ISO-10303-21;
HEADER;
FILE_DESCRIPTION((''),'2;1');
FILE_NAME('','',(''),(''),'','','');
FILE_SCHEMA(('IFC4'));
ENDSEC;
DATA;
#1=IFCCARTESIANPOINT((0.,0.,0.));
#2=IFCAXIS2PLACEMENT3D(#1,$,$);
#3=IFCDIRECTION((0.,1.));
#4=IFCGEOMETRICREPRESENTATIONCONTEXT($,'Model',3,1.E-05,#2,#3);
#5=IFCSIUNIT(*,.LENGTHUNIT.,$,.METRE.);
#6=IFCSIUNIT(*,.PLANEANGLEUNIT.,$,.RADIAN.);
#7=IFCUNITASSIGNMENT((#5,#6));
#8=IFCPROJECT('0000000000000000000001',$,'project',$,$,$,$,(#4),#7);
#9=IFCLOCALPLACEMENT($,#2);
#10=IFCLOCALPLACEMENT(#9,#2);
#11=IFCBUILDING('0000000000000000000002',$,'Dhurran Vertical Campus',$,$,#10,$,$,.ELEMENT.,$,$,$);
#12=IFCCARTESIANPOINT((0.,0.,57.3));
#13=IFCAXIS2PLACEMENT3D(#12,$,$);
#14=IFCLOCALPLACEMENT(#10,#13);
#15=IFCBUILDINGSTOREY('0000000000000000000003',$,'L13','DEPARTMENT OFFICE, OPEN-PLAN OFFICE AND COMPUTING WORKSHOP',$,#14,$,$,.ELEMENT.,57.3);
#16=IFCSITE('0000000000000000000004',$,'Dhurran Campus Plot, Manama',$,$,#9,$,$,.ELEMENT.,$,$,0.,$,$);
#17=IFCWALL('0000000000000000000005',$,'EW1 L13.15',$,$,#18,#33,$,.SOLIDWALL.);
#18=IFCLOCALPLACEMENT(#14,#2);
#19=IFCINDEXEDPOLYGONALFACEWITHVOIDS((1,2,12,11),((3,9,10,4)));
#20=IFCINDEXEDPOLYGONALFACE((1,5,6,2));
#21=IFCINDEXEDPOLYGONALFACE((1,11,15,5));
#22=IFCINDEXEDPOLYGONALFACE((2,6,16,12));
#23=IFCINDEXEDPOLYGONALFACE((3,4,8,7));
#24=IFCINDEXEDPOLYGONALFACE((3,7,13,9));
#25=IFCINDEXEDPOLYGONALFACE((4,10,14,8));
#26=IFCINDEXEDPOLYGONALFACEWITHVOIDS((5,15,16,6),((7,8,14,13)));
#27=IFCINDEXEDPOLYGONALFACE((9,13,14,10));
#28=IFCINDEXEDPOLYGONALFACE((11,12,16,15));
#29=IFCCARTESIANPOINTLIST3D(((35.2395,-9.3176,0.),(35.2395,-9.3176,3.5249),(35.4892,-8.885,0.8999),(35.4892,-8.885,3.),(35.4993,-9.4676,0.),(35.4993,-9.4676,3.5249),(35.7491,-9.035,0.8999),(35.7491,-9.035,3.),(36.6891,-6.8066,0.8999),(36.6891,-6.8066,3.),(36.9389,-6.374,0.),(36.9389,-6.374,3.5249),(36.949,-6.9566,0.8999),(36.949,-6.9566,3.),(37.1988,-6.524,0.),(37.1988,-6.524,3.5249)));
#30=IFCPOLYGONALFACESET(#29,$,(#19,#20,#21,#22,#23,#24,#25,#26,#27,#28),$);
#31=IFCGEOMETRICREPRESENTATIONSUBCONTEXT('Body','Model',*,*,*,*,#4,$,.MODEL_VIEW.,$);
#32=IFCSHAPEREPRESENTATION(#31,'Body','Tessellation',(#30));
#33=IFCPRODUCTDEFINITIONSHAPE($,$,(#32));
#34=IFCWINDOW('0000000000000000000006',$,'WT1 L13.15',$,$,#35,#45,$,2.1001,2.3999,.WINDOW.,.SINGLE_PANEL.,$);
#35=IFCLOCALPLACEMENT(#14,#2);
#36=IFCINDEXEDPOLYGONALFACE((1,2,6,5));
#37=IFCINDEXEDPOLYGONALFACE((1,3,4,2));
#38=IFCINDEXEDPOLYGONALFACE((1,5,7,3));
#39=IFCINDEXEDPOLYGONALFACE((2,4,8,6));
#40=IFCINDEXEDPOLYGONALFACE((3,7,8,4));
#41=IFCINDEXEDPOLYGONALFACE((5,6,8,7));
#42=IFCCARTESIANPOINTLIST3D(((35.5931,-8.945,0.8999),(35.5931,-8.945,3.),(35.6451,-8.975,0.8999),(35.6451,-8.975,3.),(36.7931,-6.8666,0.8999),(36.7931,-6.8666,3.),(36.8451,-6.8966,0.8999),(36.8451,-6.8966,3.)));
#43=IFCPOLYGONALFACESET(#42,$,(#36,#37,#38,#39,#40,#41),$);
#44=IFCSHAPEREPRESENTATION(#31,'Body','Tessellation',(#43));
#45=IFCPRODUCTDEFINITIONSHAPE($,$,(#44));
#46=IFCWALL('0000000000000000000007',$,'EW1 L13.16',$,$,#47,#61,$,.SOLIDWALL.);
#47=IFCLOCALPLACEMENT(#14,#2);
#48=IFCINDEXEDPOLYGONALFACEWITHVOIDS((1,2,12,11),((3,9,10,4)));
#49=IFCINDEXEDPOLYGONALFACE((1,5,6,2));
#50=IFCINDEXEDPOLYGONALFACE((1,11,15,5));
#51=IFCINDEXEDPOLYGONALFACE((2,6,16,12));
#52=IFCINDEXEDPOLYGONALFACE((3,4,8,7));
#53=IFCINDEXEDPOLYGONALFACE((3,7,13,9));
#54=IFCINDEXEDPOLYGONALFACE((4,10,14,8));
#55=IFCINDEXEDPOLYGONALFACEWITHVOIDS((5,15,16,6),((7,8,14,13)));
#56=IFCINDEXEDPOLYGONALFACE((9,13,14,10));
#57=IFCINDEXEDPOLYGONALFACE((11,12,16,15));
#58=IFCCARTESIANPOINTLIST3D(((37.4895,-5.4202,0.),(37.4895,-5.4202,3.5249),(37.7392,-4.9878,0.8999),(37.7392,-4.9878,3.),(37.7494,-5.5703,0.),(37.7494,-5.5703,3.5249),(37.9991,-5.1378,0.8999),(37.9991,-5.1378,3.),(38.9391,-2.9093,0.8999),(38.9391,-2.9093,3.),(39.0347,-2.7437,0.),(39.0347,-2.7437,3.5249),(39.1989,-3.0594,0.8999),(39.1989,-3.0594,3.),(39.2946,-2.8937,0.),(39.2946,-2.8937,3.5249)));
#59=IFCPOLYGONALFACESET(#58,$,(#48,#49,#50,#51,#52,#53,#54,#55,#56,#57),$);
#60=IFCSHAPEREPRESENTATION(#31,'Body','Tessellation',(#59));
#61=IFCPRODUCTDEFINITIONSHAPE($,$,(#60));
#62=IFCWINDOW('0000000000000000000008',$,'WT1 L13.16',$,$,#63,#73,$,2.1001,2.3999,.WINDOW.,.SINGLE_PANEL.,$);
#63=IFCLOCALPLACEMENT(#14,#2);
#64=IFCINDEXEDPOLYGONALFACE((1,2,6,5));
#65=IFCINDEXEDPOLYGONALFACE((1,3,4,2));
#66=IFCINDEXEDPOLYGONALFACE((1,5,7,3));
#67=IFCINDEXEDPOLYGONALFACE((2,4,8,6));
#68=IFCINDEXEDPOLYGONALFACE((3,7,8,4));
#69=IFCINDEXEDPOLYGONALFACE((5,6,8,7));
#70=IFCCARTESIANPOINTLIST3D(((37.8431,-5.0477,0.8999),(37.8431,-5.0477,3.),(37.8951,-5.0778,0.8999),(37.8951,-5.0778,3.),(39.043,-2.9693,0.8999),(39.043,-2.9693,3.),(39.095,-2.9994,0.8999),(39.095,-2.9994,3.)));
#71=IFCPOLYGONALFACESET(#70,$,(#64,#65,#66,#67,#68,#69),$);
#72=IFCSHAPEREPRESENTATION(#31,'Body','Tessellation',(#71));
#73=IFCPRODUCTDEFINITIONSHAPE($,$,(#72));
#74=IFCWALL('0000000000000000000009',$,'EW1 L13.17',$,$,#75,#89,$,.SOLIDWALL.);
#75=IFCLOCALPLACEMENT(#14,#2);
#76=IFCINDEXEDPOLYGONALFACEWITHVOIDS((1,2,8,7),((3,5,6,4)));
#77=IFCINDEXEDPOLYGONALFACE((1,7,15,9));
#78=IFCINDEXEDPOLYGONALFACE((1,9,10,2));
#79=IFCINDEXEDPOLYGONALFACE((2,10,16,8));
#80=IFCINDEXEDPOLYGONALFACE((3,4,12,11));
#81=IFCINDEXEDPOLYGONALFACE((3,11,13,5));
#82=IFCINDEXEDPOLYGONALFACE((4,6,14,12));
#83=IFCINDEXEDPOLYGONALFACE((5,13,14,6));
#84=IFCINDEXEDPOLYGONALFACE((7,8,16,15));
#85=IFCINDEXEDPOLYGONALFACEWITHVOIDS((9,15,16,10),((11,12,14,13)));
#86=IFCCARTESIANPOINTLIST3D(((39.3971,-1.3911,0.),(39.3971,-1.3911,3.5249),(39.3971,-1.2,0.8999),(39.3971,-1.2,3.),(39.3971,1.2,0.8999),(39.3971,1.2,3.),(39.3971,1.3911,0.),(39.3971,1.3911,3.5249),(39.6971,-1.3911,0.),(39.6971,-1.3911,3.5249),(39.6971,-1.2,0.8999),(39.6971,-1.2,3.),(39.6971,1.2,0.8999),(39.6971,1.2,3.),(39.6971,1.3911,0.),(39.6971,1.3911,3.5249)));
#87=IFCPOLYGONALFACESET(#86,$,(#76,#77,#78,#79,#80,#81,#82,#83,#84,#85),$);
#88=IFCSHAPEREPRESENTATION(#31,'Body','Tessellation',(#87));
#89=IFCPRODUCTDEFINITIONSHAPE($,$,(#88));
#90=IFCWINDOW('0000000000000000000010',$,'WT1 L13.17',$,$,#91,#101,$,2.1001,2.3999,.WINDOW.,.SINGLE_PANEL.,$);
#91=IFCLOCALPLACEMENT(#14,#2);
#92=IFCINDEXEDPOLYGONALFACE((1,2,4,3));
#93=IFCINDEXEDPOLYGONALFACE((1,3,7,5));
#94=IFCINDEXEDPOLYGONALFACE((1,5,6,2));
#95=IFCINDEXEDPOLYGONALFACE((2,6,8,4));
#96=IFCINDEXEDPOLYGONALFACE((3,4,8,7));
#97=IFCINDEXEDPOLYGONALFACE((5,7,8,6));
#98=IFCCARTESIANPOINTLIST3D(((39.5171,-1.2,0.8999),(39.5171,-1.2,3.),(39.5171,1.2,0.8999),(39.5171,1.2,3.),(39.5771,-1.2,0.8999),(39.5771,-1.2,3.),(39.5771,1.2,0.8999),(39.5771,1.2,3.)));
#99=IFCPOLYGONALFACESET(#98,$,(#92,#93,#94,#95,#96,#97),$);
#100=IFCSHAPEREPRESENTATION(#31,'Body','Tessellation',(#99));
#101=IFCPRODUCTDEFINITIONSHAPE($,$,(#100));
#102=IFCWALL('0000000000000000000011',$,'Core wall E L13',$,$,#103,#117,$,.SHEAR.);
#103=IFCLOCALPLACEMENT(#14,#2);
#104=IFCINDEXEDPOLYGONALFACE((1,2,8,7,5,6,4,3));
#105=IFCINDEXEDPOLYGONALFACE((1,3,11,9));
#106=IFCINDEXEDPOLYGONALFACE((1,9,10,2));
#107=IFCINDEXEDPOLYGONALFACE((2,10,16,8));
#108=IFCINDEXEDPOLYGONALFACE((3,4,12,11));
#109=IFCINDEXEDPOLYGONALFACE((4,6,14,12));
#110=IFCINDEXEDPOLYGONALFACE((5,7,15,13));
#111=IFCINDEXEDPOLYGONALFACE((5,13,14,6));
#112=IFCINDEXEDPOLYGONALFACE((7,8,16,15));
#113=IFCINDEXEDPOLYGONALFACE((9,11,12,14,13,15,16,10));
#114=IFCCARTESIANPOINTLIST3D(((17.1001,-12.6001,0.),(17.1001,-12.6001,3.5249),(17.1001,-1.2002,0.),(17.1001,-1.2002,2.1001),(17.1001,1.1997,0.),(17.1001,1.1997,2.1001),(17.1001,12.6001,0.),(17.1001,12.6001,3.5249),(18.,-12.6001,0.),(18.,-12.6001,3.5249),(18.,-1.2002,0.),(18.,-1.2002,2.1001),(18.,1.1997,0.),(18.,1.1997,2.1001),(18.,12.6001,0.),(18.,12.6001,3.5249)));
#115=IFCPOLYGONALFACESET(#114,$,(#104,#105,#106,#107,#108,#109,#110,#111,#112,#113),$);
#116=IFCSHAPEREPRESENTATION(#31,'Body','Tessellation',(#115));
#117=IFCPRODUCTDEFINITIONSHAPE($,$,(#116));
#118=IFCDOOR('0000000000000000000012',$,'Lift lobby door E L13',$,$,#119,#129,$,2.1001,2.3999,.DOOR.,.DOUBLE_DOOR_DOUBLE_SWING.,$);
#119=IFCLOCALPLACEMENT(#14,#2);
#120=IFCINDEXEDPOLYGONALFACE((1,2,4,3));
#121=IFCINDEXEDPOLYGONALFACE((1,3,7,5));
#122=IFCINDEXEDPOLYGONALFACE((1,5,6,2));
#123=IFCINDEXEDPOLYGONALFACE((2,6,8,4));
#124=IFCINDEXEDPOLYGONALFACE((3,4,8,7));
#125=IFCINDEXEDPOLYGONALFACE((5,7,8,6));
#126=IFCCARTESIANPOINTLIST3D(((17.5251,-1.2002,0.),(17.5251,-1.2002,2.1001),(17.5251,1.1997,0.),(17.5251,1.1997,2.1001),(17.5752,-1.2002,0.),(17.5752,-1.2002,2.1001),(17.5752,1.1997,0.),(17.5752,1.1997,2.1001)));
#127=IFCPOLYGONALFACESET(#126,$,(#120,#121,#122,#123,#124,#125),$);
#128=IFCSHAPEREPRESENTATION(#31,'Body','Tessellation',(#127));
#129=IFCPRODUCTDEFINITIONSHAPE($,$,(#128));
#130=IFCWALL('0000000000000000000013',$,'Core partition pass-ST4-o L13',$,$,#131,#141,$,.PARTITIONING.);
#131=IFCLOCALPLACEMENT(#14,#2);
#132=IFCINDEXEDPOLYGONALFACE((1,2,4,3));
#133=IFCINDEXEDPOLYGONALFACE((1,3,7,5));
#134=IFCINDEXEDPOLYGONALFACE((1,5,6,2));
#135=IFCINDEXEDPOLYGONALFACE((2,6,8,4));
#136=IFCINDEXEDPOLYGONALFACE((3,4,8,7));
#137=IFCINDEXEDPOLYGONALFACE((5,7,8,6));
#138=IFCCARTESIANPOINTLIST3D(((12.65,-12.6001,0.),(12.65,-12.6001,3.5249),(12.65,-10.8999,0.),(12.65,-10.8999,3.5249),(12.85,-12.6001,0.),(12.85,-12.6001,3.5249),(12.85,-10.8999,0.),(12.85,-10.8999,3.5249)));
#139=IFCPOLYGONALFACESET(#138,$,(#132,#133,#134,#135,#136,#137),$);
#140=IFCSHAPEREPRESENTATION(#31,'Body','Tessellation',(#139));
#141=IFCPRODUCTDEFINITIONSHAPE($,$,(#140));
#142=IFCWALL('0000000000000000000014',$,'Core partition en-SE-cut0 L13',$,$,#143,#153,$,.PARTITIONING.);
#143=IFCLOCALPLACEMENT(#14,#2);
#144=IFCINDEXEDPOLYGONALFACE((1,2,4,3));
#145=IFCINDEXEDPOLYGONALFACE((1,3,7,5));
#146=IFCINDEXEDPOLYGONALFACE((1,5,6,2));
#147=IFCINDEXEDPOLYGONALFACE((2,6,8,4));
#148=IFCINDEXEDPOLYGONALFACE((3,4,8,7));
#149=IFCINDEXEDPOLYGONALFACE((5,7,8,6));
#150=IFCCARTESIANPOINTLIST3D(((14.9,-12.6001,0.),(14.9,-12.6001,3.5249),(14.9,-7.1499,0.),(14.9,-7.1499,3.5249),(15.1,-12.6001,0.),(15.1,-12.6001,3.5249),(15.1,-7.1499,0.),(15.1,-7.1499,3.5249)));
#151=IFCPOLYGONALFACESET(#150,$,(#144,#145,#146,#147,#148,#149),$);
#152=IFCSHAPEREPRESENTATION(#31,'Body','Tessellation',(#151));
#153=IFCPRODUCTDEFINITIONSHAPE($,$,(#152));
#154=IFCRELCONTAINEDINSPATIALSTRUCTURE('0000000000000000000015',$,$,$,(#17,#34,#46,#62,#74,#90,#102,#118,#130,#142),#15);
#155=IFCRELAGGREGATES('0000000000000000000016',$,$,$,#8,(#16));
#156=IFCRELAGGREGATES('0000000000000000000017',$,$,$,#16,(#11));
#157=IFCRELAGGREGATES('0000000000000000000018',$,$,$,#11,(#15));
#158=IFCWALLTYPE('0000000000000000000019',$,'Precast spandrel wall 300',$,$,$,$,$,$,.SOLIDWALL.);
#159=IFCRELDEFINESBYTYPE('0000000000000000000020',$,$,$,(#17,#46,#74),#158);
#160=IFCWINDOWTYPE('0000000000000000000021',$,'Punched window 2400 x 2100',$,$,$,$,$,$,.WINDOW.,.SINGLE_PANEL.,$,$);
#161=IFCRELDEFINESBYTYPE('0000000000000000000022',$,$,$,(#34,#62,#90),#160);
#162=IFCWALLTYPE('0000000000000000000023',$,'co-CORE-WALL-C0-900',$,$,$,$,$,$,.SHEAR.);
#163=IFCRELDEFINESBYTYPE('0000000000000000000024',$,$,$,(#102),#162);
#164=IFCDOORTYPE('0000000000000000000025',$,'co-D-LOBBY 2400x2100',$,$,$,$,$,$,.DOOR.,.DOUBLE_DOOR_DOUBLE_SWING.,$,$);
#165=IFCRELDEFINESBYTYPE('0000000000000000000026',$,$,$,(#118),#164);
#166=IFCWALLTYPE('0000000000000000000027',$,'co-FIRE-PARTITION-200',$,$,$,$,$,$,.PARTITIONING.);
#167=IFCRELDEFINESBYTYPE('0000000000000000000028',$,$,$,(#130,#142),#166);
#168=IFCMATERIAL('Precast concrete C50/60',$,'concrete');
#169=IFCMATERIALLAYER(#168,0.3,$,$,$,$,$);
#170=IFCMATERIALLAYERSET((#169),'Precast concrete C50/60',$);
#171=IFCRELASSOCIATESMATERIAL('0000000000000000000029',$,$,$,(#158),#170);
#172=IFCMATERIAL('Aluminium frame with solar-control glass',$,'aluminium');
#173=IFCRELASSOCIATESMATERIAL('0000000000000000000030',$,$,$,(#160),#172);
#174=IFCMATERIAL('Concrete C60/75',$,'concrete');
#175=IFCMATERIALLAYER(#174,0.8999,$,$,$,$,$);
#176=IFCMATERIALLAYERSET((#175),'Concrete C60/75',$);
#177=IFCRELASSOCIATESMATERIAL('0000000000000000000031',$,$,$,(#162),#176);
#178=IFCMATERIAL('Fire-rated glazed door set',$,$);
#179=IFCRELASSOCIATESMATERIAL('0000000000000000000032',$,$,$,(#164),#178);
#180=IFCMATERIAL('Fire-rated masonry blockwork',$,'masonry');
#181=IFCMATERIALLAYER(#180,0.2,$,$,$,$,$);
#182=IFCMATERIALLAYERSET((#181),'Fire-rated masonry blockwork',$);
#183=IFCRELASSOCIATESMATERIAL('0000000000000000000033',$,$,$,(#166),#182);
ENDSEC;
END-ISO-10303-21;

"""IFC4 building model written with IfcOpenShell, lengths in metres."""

from ifc_helpers import new_model, si_unit, direction, frame, frame_2d, origin, place, context, subcontext, project, spatial, rectangle, extrude, material, layer, layer_set, type_object, element, fill, save


model = new_model("IFC4")

# Units and contexts
model_context = context("Model", 3, precision=1e-05, world=origin(), true_north=direction((0.0, 1.0)))
body_context = subcontext(model_context, "Body", "Model", "MODEL_VIEW")
ifc_project = project(units=[si_unit("LENGTHUNIT", "METRE"), si_unit("PLANEANGLEUNIT", "RADIAN")], contexts=[model_context])

# Site, building, storey
site_placement = place(None, origin())
site = spatial("IfcSite", under=ifc_project, at=site_placement, Name="Dhurran Campus Plot, Manama", CompositionType="ELEMENT", RefElevation=0.0)
building_placement = place(site_placement, origin())
building = spatial("IfcBuilding", under=site, at=building_placement, Name="Dhurran Vertical Campus", CompositionType="ELEMENT")
storey_placement = place(building_placement, frame((0.0, 0.0, 57.3)))
storey = spatial("IfcBuildingStorey", under=building, at=storey_placement, Name="L13", Description="DEPARTMENT OFFICE, OPEN-PLAN OFFICE AND COMPUTING WORKSHOP", CompositionType="ELEMENT", Elevation=57.3)

# Walls, openings, windows
ifc_material_1 = material(Name="Precast concrete C50/60", Category="concrete")
ifc_layer_1 = layer(ifc_material_1, 0.3)
ifc_layer_set_1 = layer_set([ifc_layer_1], Name="Precast concrete C50/60")
wall_type_1 = type_object("IfcWallType", Name="Precast spandrel wall 300", PredefinedType="SOLIDWALL", material=ifc_layer_set_1)
ifc_material_2 = material(Name="Aluminium frame with solar-control glass", Category="aluminium")
window_type = type_object("IfcWindowType", Name="Punched window 2400 x 2100", PartitioningType="SINGLE_PANEL", PredefinedType="WINDOW", material=ifc_material_2)
wall_1_placement = place(storey_placement, frame((35.3694, -9.3926, 0.0), z_axis=(0.0, 0.0, 1.0), x_axis=(0.499994, 0.866029, 0.0)))
wall_1 = element("IfcWall", 1, at=wall_1_placement, inside=storey, type_object=wall_type_1, Name="EW1 L13.15", PredefinedType="SOLIDWALL", context=body_context, shape_type="SweptSolid", body=[
    extrude(rectangle(XDim=3.3989, YDim=0.3, at=frame_2d((1.6995, 0.0))), origin(), (0.0, 0.0, 1.0), 3.5249),
])
opening_1_placement = place(wall_1_placement, frame((0.4995, 0.0, 0.8999)))
opening_1 = element("IfcOpeningElement", 2, at=opening_1_placement, cuts=wall_1, PredefinedType="OPENING", context=body_context, shape_type="SweptSolid", body=[
    extrude(rectangle(XDim=2.3999, YDim=2.1001, at=frame_2d((1.2, 1.05))), frame((0.0, 0.1599, 0.0), z_axis=(0.0, -1.0, 0.0), x_axis=(1.0, 0.0, 0.0)), (0.0, 0.0, 1.0), 0.3201),
])
window_1_placement = place(opening_1_placement, origin())
window_1 = element("IfcWindow", 3, at=window_1_placement, inside=storey, type_object=window_type, Name="WT1 L13.15", OverallHeight=2.1001, OverallWidth=2.3999, PartitioningType="SINGLE_PANEL", PredefinedType="WINDOW", context=body_context, shape_type="SweptSolid", body=[
    extrude(rectangle(XDim=2.3999, YDim=2.1001, at=frame_2d((1.2, 1.05))), frame((0.0, 0.03, 0.0), z_axis=(0.0, -1.0, 0.0), x_axis=(1.0, 0.0, 0.0)), (0.0, 0.0, 1.0), 0.0601),
])
fill(opening_1, window_1)
wall_2_placement = place(storey_placement, frame((37.6194, -5.4954, 0.0), z_axis=(0.0, 0.0, 1.0), x_axis=(0.499971, 0.866042, 0.0)))
wall_2 = element("IfcWall", 4, at=wall_2_placement, inside=storey, type_object=wall_type_1, Name="EW1 L13.16", PredefinedType="SOLIDWALL", context=body_context, shape_type="SweptSolid", body=[
    extrude(rectangle(XDim=3.0906, YDim=0.3, at=frame_2d((1.5454, 0.0))), origin(), (0.0, 0.0, 1.0), 3.5249),
])
opening_2_placement = place(wall_2_placement, frame((0.4995, 0.0, 0.8999)))
opening_2 = element("IfcOpeningElement", 5, at=opening_2_placement, cuts=wall_2, PredefinedType="OPENING", context=body_context, shape_type="SweptSolid", body=[
    extrude(rectangle(XDim=2.3999, YDim=2.1001, at=frame_2d((1.2, 1.05))), frame((0.0, 0.1599, 0.0), z_axis=(0.0, -1.0, 0.0), x_axis=(1.0, 0.0, 0.0)), (0.0, 0.0, 1.0), 0.3201),
])
window_2_placement = place(opening_2_placement, origin())
window_2 = element("IfcWindow", 6, at=window_2_placement, inside=storey, type_object=window_type, Name="WT1 L13.16", OverallHeight=2.1001, OverallWidth=2.3999, PartitioningType="SINGLE_PANEL", PredefinedType="WINDOW", context=body_context, shape_type="SweptSolid", body=[
    extrude(rectangle(XDim=2.3999, YDim=2.1001, at=frame_2d((1.2, 1.05))), frame((0.0, 0.03, 0.0), z_axis=(0.0, -1.0, 0.0), x_axis=(1.0, 0.0, 0.0)), (0.0, 0.0, 1.0), 0.0601),
])
fill(opening_2, window_2)
wall_3_placement = place(storey_placement, frame((39.5471, -1.3911, 0.0), z_axis=(0.0, 0.0, 1.0), x_axis=(0.0, 1.0, 0.0)))
wall_3 = element("IfcWall", 7, at=wall_3_placement, inside=storey, type_object=wall_type_1, Name="EW1 L13.17", PredefinedType="SOLIDWALL", context=body_context, shape_type="SweptSolid", body=[
    extrude(rectangle(XDim=2.7822, YDim=0.3, at=frame_2d((1.3911, 0.0))), origin(), (0.0, 0.0, 1.0), 3.5249),
])
opening_3_placement = place(wall_3_placement, frame((0.1912, 0.0, 0.8999)))
opening_3 = element("IfcOpeningElement", 8, at=opening_3_placement, cuts=wall_3, PredefinedType="OPENING", context=body_context, shape_type="SweptSolid", body=[
    extrude(rectangle(XDim=2.3999, YDim=2.1001, at=frame_2d((1.2, 1.05))), frame((0.0, 0.1599, 0.0), z_axis=(0.0, -1.0, 0.0), x_axis=(1.0, 0.0, 0.0)), (0.0, 0.0, 1.0), 0.3201),
])
window_3_placement = place(opening_3_placement, origin())
window_3 = element("IfcWindow", 9, at=window_3_placement, inside=storey, type_object=window_type, Name="WT1 L13.17", OverallHeight=2.1001, OverallWidth=2.3999, PartitioningType="SINGLE_PANEL", PredefinedType="WINDOW", context=body_context, shape_type="SweptSolid", body=[
    extrude(rectangle(XDim=2.3999, YDim=2.1001, at=frame_2d((1.2, 1.05))), frame((0.0, 0.03, 0.0), z_axis=(0.0, -1.0, 0.0), x_axis=(1.0, 0.0, 0.0)), (0.0, 0.0, 1.0), 0.0601),
])
fill(opening_3, window_3)

# Wall, opening, door
ifc_material_3 = material(Name="Concrete C60/75", Category="concrete")
ifc_layer_2 = layer(ifc_material_3, 0.8999)
ifc_layer_set_2 = layer_set([ifc_layer_2], Name="Concrete C60/75")
wall_type_2 = type_object("IfcWallType", Name="co-CORE-WALL-C0-900", PredefinedType="SHEAR", material=ifc_layer_set_2)
wall_4_placement = place(storey_placement, frame((17.55, -12.6001, 0.0), z_axis=(0.0, 0.0, 1.0), x_axis=(0.0, 1.0, 0.0)))
wall_4 = element("IfcWall", 10, at=wall_4_placement, inside=storey, type_object=wall_type_2, Name="Core wall E L13", PredefinedType="SHEAR", context=body_context, shape_type="SweptSolid", body=[
    extrude(rectangle(XDim=25.2002, YDim=0.8999, at=frame_2d((12.6001, 0.0))), origin(), (0.0, 0.0, 1.0), 3.5249),
])
opening_4_placement = place(wall_4_placement, frame((11.3999, 0.0, 0.0)))
opening_4 = element("IfcOpeningElement", 11, at=opening_4_placement, cuts=wall_4, PredefinedType="OPENING", context=body_context, shape_type="SweptSolid", body=[
    extrude(rectangle(XDim=2.3999, YDim=2.1001, at=frame_2d((1.2, 1.05))), frame((0.0, 0.46, 0.0), z_axis=(0.0, -1.0, 0.0), x_axis=(1.0, 0.0, 0.0)), (0.0, 0.0, 1.0), 0.9199),
])
ifc_material_4 = material(Name="Fire-rated glazed door set")
door_type_1 = type_object("IfcDoorType", Name="co-D-LOBBY 2400x2100", OperationType="DOUBLE_DOOR_DOUBLE_SWING", PredefinedType="DOOR", material=ifc_material_4)
door_1_placement = place(opening_4_placement, origin())
door_1 = element("IfcDoor", 12, at=door_1_placement, inside=storey, type_object=door_type_1, Name="Lift lobby door E L13", OperationType="DOUBLE_DOOR_DOUBLE_SWING", OverallHeight=2.1001, OverallWidth=2.3999, PredefinedType="DOOR", context=body_context, shape_type="SweptSolid", body=[
    extrude(rectangle(XDim=2.3999, YDim=2.1001, at=frame_2d((1.2, 1.05))), frame((0.0, 0.0249, 0.0), z_axis=(0.0, -1.0, 0.0), x_axis=(1.0, 0.0, 0.0)), (0.0, 0.0, 1.0), 0.05),
])
fill(opening_4, door_1)

# Walls
ifc_material_5 = material(Name="Fire-rated masonry blockwork", Category="masonry")
ifc_layer_3 = layer(ifc_material_5, 0.2)
ifc_layer_set_3 = layer_set([ifc_layer_3], Name="Fire-rated masonry blockwork")
wall_type_3 = type_object("IfcWallType", Name="co-FIRE-PARTITION-200", PredefinedType="PARTITIONING", material=ifc_layer_set_3)
wall_5_placement = place(storey_placement, frame((12.75, -12.6001, 0.0), z_axis=(0.0, 0.0, 1.0), x_axis=(0.0, 1.0, 0.0)))
element("IfcWall", 13, at=wall_5_placement, inside=storey, type_object=wall_type_3, Name="Core partition pass-ST4-o L13", PredefinedType="PARTITIONING", context=body_context, shape_type="SweptSolid", body=[
    extrude(rectangle(XDim=1.7002, YDim=0.2, at=frame_2d((0.8501, 0.0))), origin(), (0.0, 0.0, 1.0), 3.5249),
])
wall_6_placement = place(storey_placement, frame((15.0, -12.6001, 0.0), z_axis=(0.0, 0.0, 1.0), x_axis=(0.0, 1.0, 0.0)))
element("IfcWall", 14, at=wall_6_placement, inside=storey, type_object=wall_type_3, Name="Core partition en-SE-cut0 L13", PredefinedType="PARTITIONING", context=body_context, shape_type="SweptSolid", body=[
    extrude(rectangle(XDim=5.4502, YDim=0.2, at=frame_2d((2.7251, 0.0))), origin(), (0.0, 0.0, 1.0), 3.5249),
])

save(model, "model.ifc")
